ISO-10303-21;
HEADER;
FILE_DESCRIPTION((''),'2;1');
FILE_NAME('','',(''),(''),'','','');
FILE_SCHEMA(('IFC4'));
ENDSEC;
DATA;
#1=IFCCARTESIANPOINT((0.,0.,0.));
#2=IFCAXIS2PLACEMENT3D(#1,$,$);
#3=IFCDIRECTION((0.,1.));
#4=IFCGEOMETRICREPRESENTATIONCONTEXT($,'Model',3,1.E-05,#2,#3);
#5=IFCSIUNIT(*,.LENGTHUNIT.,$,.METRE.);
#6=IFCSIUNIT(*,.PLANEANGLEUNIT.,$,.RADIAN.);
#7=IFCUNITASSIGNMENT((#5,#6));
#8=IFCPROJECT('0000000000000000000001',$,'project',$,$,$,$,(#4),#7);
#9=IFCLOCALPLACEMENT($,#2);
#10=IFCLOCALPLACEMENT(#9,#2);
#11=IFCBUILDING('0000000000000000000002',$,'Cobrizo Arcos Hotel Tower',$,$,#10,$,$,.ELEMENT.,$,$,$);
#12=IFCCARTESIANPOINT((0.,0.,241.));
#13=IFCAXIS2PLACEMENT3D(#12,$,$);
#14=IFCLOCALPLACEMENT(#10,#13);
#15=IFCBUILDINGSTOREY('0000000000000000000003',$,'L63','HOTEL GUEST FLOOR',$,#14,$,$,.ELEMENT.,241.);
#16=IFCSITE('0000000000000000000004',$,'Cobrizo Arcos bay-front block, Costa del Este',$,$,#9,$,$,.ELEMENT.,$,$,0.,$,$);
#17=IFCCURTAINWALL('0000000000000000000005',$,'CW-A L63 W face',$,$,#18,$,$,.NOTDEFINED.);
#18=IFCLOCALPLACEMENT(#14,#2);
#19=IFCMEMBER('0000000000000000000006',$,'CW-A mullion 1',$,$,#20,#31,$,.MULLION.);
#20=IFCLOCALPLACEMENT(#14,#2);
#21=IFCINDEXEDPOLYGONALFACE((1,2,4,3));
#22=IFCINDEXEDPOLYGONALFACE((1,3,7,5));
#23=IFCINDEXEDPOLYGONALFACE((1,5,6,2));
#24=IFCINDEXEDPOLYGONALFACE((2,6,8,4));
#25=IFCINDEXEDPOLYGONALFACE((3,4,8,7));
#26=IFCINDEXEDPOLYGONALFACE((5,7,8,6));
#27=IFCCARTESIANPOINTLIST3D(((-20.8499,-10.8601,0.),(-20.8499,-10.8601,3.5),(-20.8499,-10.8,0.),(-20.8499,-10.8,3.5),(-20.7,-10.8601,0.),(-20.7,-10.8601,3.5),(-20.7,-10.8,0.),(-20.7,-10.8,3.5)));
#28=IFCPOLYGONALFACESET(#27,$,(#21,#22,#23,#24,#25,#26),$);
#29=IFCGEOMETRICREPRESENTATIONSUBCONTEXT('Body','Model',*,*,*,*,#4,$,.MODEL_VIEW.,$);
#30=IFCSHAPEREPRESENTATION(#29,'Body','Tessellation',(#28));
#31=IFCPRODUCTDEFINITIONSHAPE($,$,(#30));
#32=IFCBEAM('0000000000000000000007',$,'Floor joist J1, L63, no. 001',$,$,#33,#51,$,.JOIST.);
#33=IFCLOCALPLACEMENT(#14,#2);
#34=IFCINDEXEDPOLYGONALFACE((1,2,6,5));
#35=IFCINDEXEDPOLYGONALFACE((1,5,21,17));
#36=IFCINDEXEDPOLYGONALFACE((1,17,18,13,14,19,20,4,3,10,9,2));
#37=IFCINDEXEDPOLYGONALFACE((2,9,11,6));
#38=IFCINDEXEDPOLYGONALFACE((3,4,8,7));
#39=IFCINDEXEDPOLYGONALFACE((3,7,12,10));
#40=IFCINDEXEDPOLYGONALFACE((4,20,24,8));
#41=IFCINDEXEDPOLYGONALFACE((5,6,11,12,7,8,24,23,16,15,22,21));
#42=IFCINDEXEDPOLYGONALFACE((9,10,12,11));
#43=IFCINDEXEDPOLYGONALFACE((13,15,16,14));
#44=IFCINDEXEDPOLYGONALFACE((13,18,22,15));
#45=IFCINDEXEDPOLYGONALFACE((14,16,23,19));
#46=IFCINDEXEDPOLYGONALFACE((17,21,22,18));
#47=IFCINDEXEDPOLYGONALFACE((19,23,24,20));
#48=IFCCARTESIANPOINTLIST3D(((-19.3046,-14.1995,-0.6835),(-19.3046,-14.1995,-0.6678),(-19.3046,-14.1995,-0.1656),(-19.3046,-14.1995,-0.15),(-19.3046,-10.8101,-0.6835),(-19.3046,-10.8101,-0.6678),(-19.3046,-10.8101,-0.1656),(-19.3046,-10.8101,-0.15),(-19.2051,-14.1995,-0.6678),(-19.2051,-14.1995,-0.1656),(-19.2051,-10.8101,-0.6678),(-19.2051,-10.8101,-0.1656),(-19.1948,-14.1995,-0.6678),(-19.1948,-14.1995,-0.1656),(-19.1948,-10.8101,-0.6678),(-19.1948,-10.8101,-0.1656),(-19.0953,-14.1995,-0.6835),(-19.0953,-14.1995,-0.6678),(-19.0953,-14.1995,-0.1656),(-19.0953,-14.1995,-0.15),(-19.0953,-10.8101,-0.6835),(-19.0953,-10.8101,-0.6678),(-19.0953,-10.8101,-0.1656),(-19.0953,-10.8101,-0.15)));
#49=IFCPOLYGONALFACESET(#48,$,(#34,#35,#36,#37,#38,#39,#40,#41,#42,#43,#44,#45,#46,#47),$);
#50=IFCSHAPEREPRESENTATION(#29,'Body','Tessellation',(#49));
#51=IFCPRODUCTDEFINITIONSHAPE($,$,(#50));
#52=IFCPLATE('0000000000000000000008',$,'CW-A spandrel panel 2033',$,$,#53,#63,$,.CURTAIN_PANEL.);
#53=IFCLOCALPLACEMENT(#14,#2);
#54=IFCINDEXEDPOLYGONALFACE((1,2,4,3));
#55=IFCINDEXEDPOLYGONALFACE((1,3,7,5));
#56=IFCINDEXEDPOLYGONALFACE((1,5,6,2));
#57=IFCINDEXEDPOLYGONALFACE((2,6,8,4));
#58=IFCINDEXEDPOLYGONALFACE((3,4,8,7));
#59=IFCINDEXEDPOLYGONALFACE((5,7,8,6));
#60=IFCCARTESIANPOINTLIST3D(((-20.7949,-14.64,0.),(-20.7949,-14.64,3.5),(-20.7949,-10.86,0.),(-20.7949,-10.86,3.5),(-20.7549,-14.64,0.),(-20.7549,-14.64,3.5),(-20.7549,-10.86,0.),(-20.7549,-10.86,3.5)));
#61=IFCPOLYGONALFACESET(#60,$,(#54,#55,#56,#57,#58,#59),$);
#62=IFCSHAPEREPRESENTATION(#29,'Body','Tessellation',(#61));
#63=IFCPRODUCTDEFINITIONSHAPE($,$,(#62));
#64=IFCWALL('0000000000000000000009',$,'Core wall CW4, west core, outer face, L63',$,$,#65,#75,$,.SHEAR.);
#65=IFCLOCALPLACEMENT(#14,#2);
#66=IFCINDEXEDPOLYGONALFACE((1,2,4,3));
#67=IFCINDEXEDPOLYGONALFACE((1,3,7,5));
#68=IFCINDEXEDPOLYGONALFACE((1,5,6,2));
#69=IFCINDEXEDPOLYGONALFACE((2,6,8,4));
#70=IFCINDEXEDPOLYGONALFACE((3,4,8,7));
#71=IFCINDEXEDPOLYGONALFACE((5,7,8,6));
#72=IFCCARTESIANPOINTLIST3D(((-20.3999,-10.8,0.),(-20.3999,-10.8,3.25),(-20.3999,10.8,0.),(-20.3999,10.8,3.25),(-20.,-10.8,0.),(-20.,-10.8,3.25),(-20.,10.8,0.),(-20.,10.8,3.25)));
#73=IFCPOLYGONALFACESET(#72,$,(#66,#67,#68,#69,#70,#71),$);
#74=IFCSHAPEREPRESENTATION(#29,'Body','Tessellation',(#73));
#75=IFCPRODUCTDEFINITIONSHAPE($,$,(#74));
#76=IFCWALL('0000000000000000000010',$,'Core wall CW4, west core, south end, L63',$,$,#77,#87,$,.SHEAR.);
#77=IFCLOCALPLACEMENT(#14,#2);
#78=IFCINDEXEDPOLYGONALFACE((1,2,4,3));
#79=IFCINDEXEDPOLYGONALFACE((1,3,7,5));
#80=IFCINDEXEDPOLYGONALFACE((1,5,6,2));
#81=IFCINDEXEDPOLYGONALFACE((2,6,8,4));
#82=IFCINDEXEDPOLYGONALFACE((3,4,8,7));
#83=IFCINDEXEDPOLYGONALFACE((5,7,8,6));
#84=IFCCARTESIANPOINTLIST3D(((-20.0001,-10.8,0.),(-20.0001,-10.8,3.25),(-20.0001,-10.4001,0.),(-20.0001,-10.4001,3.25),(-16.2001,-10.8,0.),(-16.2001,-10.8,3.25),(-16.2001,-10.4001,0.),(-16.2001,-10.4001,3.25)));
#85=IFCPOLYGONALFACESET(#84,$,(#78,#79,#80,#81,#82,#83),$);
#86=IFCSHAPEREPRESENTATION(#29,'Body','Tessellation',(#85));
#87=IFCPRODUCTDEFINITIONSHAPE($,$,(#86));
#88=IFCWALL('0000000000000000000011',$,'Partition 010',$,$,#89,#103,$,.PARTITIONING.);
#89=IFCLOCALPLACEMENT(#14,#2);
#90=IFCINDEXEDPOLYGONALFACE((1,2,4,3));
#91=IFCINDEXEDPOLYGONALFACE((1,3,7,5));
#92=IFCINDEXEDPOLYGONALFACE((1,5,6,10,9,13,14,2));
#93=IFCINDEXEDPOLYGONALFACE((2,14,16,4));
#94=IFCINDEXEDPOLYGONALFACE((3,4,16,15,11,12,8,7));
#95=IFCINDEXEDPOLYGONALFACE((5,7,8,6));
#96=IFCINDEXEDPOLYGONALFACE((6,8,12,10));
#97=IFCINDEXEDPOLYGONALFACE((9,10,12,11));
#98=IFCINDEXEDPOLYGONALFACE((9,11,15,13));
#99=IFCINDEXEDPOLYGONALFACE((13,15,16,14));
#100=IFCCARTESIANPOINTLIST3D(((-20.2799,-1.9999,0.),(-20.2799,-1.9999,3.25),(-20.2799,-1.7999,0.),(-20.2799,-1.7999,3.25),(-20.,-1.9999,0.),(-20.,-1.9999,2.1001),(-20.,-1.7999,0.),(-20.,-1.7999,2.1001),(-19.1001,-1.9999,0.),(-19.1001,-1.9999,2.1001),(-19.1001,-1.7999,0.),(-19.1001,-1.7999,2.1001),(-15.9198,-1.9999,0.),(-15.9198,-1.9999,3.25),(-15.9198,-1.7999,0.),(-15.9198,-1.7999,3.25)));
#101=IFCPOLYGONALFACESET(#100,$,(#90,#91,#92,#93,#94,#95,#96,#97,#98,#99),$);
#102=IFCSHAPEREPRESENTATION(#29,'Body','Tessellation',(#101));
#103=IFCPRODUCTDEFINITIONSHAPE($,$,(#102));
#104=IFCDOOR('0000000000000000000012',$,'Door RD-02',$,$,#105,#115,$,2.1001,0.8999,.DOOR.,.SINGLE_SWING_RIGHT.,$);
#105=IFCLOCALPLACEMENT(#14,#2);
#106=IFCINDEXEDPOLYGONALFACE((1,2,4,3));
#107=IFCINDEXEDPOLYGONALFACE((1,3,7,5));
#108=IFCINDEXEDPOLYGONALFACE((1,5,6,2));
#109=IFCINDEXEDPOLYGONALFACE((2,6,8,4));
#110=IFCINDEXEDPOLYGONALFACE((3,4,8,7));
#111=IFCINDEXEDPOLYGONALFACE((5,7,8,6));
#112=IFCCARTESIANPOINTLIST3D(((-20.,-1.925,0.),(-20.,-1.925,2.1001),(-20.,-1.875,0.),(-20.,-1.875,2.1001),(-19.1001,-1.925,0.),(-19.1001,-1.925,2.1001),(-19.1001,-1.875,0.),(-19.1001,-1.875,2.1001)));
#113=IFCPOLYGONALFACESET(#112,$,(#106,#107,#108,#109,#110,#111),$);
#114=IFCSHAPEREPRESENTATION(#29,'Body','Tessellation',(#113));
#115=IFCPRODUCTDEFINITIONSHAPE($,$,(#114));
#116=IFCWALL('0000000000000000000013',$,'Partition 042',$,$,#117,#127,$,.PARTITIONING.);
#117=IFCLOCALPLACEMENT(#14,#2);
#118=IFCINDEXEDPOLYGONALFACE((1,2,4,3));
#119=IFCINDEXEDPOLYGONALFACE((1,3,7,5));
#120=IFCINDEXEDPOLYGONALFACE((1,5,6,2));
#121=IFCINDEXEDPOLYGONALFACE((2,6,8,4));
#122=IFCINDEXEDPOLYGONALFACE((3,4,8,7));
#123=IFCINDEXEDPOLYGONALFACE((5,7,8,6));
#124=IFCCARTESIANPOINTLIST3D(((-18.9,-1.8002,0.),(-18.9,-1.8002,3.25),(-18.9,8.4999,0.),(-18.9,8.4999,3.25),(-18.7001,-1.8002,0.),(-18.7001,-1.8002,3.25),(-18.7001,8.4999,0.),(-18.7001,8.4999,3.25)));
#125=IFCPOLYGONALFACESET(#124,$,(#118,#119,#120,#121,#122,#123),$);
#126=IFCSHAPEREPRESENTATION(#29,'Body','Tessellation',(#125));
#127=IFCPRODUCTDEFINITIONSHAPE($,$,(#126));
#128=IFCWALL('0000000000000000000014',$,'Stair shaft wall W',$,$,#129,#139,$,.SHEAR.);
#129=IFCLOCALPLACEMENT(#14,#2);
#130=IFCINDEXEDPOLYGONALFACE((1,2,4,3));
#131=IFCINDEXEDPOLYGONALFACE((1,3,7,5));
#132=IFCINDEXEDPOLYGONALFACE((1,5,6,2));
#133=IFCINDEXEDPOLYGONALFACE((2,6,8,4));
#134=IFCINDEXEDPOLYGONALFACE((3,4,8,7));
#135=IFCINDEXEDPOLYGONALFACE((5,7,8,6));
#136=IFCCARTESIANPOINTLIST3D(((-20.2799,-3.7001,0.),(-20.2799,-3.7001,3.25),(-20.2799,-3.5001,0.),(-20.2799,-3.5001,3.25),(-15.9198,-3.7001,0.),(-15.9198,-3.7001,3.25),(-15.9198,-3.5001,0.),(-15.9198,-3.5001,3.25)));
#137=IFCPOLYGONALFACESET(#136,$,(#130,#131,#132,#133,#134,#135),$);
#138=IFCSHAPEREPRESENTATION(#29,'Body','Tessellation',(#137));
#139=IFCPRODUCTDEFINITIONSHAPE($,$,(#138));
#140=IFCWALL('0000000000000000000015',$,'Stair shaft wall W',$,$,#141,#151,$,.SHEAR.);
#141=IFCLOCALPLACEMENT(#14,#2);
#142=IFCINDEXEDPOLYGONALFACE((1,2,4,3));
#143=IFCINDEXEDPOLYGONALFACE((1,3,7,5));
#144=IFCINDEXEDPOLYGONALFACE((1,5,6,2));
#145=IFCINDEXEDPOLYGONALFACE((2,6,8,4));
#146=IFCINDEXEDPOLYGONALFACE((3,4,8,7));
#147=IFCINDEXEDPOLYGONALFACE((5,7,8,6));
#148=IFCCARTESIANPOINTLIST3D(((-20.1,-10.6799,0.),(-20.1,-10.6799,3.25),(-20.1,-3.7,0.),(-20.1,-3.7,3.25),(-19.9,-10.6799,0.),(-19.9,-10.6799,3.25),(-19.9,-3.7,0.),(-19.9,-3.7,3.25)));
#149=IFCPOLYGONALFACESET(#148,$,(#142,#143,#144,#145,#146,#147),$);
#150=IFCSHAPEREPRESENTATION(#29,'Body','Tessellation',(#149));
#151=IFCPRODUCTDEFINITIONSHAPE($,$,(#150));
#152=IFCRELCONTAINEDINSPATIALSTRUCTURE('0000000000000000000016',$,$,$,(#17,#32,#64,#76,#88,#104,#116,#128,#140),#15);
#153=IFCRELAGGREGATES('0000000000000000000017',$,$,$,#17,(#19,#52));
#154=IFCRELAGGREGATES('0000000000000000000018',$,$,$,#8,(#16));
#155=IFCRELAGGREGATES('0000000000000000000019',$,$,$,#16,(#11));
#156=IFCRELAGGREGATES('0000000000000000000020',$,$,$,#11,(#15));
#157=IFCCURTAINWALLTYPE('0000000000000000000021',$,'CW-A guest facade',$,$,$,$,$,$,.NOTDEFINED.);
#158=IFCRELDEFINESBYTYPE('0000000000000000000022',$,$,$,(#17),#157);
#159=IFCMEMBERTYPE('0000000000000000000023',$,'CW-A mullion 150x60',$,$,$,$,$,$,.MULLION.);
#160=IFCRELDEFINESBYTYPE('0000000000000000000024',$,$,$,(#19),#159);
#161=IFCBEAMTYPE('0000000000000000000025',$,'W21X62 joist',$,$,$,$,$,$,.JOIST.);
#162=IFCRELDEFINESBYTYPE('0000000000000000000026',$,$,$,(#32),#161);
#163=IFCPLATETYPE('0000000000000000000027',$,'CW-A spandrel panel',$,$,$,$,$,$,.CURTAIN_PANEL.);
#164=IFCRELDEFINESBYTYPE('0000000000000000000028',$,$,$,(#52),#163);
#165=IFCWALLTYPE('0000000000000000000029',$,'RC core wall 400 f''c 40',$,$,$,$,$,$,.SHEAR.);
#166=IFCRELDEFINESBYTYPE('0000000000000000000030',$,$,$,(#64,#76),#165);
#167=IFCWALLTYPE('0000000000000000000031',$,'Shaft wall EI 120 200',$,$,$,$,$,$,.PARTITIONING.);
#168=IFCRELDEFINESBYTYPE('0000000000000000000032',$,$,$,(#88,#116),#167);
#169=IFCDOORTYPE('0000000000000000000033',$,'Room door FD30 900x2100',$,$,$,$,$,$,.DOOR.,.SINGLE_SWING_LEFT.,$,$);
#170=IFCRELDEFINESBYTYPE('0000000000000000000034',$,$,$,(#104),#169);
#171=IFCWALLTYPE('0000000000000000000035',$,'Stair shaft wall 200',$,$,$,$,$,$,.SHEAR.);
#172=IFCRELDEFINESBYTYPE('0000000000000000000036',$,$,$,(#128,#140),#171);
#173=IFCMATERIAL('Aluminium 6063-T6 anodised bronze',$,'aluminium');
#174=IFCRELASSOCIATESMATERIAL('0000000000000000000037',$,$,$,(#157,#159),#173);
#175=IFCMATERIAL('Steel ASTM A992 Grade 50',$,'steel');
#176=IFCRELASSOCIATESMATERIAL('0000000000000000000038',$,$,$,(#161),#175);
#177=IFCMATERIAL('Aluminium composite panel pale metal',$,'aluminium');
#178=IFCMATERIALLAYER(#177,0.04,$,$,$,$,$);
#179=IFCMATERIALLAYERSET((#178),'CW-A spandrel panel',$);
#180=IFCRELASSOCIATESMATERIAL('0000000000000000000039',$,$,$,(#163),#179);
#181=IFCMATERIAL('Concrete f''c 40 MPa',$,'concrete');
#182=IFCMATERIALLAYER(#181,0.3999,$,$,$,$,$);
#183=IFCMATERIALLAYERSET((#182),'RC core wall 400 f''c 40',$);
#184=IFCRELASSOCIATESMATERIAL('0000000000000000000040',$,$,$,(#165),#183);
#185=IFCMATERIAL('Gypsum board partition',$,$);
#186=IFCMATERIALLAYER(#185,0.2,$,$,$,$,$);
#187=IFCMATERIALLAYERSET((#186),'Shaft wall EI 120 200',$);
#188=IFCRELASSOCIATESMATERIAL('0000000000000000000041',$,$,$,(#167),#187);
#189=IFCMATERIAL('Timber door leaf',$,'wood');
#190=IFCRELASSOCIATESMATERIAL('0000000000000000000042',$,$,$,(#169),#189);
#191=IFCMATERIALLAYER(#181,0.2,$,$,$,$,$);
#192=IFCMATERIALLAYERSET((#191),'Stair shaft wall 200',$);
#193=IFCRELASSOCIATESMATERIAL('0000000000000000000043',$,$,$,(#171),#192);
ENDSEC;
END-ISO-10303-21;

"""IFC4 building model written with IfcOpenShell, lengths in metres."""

from ifc_helpers import new_model, si_unit, direction, frame, frame_2d, origin, origin_2d, place, context, subcontext, project, spatial, rectangle, i_section, extrude, material, layer, layer_set, material_profile, profile_set, type_object, element, fill, aggregate, save


model = new_model("IFC4")

# Units and contexts
model_context = context("Model", 3, precision=1e-05, world=origin(), true_north=direction((0.0, 1.0)))
body_context = subcontext(model_context, "Body", "Model", "MODEL_VIEW")
ifc_project = project(units=[si_unit("LENGTHUNIT", "METRE"), si_unit("PLANEANGLEUNIT", "RADIAN")], contexts=[model_context])

# Site, building, storey
site_placement = place(None, origin())
site = spatial("IfcSite", under=ifc_project, at=site_placement, Name="Cobrizo Arcos bay-front block, Costa del Este", CompositionType="ELEMENT", RefElevation=0.0)
building_placement = place(site_placement, origin())
building = spatial("IfcBuilding", under=site, at=building_placement, Name="Cobrizo Arcos Hotel Tower", CompositionType="ELEMENT")
storey_placement = place(building_placement, frame((0.0, 0.0, 241.0)))
storey = spatial("IfcBuildingStorey", under=building, at=storey_placement, Name="L63", Description="HOTEL GUEST FLOOR", CompositionType="ELEMENT", Elevation=241.0)

# Curtain wall, member
ifc_material_1 = material(Name="Aluminium 6063-T6 anodised bronze", Category="aluminium")
curtain_wall_type = type_object("IfcCurtainWallType", Name="CW-A guest facade", PredefinedType="NOTDEFINED", material=ifc_material_1)
curtain_wall_placement = place(storey_placement, origin())
curtain_wall = element("IfcCurtainWall", 1, at=curtain_wall_placement, inside=storey, type_object=curtain_wall_type, Name="CW-A L63 W face", PredefinedType="NOTDEFINED")
ifc_material_profile_1 = material_profile(ifc_material_1, rectangle(XDim=0.1499, YDim=0.0601, at=origin_2d()), Name="CW-A mullion 150x60")
ifc_profile_set_1 = profile_set([ifc_material_profile_1], Name="Aluminium 6063-T6 anodised bronze")
member_type = type_object("IfcMemberType", Name="CW-A mullion 150x60", PredefinedType="MULLION", material=ifc_profile_set_1)
member_placement = place(storey_placement, frame((-20.7749, -10.8301, 0.0), z_axis=(0.0, 0.0, 1.0), x_axis=(-1.0, 0.0, 0.0)))
member = element("IfcMember", 2, at=member_placement, type_object=member_type, Name="CW-A mullion 1", PredefinedType="MULLION", context=body_context, shape_type="SweptSolid", body=[
    extrude(rectangle(XDim=0.1499, YDim=0.0601, at=origin_2d()), origin(), (0.0, 0.0, 1.0), 3.5),
])

# Beam
ifc_material_2 = material(Name="Steel ASTM A992 Grade 50", Category="steel")
ifc_material_profile_2 = material_profile(ifc_material_2, i_section(OverallWidth=0.2092, OverallDepth=0.5334, WebThickness=0.0103, FlangeThickness=0.0156, at=origin_2d()), Name="W21X62")
ifc_profile_set_2 = profile_set([ifc_material_profile_2], Name="Steel ASTM A992 Grade 50")
beam_type = type_object("IfcBeamType", Name="W21X62 joist", PredefinedType="JOIST", material=ifc_profile_set_2)
beam_placement = place(storey_placement, frame((-19.2, -14.1995, -0.4167), z_axis=(0.0, 1.0, 0.0), x_axis=(-1.0, 0.0, 0.0)))
element("IfcBeam", 3, at=beam_placement, inside=storey, type_object=beam_type, Name="Floor joist J1, L63, no. 001", PredefinedType="JOIST", context=body_context, shape_type="SweptSolid", body=[
    extrude(i_section(OverallWidth=0.2092, OverallDepth=0.5334, WebThickness=0.0103, FlangeThickness=0.0156, at=origin_2d()), origin(), (0.0, 0.0, 1.0), 3.3894),
])

# Plate
ifc_material_3 = material(Name="Aluminium composite panel pale metal", Category="aluminium")
ifc_layer_1 = layer(ifc_material_3, 0.04)
ifc_layer_set_1 = layer_set([ifc_layer_1], Name="CW-A spandrel panel")
plate_type = type_object("IfcPlateType", Name="CW-A spandrel panel", PredefinedType="CURTAIN_PANEL", material=ifc_layer_set_1)
plate_placement = place(storey_placement, frame((-20.7749, -12.75, 0.0), z_axis=(0.0, 0.0, 1.0), x_axis=(0.0, -1.0, 0.0)))
plate = element("IfcPlate", 4, at=plate_placement, type_object=plate_type, Name="CW-A spandrel panel 2033", PredefinedType="CURTAIN_PANEL", context=body_context, shape_type="SweptSolid", body=[
    extrude(rectangle(XDim=3.78, YDim=0.04, at=origin_2d()), origin(), (0.0, 0.0, 1.0), 3.5),
])
aggregate(curtain_wall, [member, plate])

# Walls
ifc_material_4 = material(Name="Concrete f'c 40 MPa", Category="concrete")
ifc_layer_2 = layer(ifc_material_4, 0.3999)
ifc_layer_set_2 = layer_set([ifc_layer_2], Name="RC core wall 400 f'c 40")
wall_type_1 = type_object("IfcWallType", Name="RC core wall 400 f'c 40", PredefinedType="SHEAR", material=ifc_layer_set_2)
wall_1_placement = place(storey_placement, frame((-20.2, -10.8, 0.0), z_axis=(0.0, 0.0, 1.0), x_axis=(0.0, 1.0, 0.0)))
element("IfcWall", 5, at=wall_1_placement, inside=storey, type_object=wall_type_1, Name="Core wall CW4, west core, outer face, L63", PredefinedType="SHEAR", context=body_context, shape_type="SweptSolid", body=[
    extrude(rectangle(XDim=21.6001, YDim=0.3999, at=frame_2d((10.8, 0.0))), origin(), (0.0, 0.0, 1.0), 3.25),
])
wall_2_placement = place(storey_placement, frame((-20.0, -10.6001, 0.0), z_axis=(0.0, 0.0, 1.0), x_axis=(1.0, 0.0, 0.0)))
element("IfcWall", 6, at=wall_2_placement, inside=storey, type_object=wall_type_1, Name="Core wall CW4, west core, south end, L63", PredefinedType="SHEAR", context=body_context, shape_type="SweptSolid", body=[
    extrude(rectangle(XDim=3.8, YDim=0.3999, at=frame_2d((1.8999, 0.0))), origin(), (0.0, 0.0, 1.0), 3.25),
])

# Wall, opening, door
ifc_material_5 = material(Name="Gypsum board partition")
ifc_layer_3 = layer(ifc_material_5, 0.2)
ifc_layer_set_3 = layer_set([ifc_layer_3], Name="Shaft wall EI 120 200")
wall_type_2 = type_object("IfcWallType", Name="Shaft wall EI 120 200", PredefinedType="PARTITIONING", material=ifc_layer_set_3)
wall_3_placement = place(storey_placement, frame((-20.28, -1.8999, 0.0), z_axis=(0.0, 0.0, 1.0), x_axis=(1.0, 0.0, 0.0)))
wall_3 = element("IfcWall", 7, at=wall_3_placement, inside=storey, type_object=wall_type_2, Name="Partition 010", PredefinedType="PARTITIONING", context=body_context, shape_type="SweptSolid", body=[
    extrude(rectangle(XDim=4.3601, YDim=0.2, at=frame_2d((2.1802, 0.0))), origin(), (0.0, 0.0, 1.0), 3.25),
])
opening_placement = place(wall_3_placement, frame((0.28, 0.0, 0.0)))
opening = element("IfcOpeningElement", 8, at=opening_placement, cuts=wall_3, PredefinedType="OPENING", context=body_context, shape_type="SweptSolid", body=[
    extrude(rectangle(XDim=0.8999, YDim=2.1001, at=frame_2d((0.45, 1.05))), frame((0.0, 0.1121, 0.0), z_axis=(0.0, -1.0, 0.0), x_axis=(1.0, 0.0, 0.0)), (0.0, 0.0, 1.0), 0.2239),
])
ifc_material_6 = material(Name="Timber door leaf", Category="wood")
door_type = type_object("IfcDoorType", Name="Room door FD30 900x2100", OperationType="SINGLE_SWING_LEFT", PredefinedType="DOOR", material=ifc_material_6)
door_placement = place(opening_placement, origin())
door = element("IfcDoor", 9, at=door_placement, inside=storey, type_object=door_type, Name="Door RD-02", OperationType="SINGLE_SWING_RIGHT", OverallHeight=2.1001, OverallWidth=0.8999, PredefinedType="DOOR", context=body_context, shape_type="SweptSolid", body=[
    extrude(rectangle(XDim=0.8999, YDim=2.1001, at=frame_2d((0.45, 1.05))), frame((0.0, 0.0249, 0.0), z_axis=(0.0, -1.0, 0.0), x_axis=(1.0, 0.0, 0.0)), (0.0, 0.0, 1.0), 0.05),
])
fill(opening, door)

# Walls
wall_4_placement = place(storey_placement, frame((-18.8, -1.8, 0.0), z_axis=(0.0, 0.0, 1.0), x_axis=(0.0, 1.0, 0.0)))
element("IfcWall", 10, at=wall_4_placement, inside=storey, type_object=wall_type_2, Name="Partition 042", PredefinedType="PARTITIONING", context=body_context, shape_type="SweptSolid", body=[
    extrude(rectangle(XDim=10.3, YDim=0.2, at=frame_2d((5.1499, 0.0))), origin(), (0.0, 0.0, 1.0), 3.25),
])
ifc_layer_4 = layer(ifc_material_4, 0.2)
ifc_layer_set_4 = layer_set([ifc_layer_4], Name="Stair shaft wall 200")
wall_type_3 = type_object("IfcWallType", Name="Stair shaft wall 200", PredefinedType="SHEAR", material=ifc_layer_set_4)
wall_5_placement = place(storey_placement, frame((-20.28, -3.6001, 0.0), z_axis=(0.0, 0.0, 1.0), x_axis=(1.0, 0.0, 0.0)))
element("IfcWall", 11, at=wall_5_placement, inside=storey, type_object=wall_type_3, Name="Stair shaft wall W", PredefinedType="SHEAR", context=body_context, shape_type="SweptSolid", body=[
    extrude(rectangle(XDim=4.3601, YDim=0.2, at=frame_2d((2.1802, 0.0))), origin(), (0.0, 0.0, 1.0), 3.25),
])
wall_6_placement = place(storey_placement, frame((-20.0, -10.6799, 0.0), z_axis=(0.0, 0.0, 1.0), x_axis=(0.0, 1.0, 0.0)))
element("IfcWall", 12, at=wall_6_placement, inside=storey, type_object=wall_type_3, Name="Stair shaft wall W", PredefinedType="SHEAR", context=body_context, shape_type="SweptSolid", body=[
    extrude(rectangle(XDim=6.98, YDim=0.2, at=frame_2d((3.49, 0.0))), origin(), (0.0, 0.0, 1.0), 3.25),
])

save(model, "model.ifc")
